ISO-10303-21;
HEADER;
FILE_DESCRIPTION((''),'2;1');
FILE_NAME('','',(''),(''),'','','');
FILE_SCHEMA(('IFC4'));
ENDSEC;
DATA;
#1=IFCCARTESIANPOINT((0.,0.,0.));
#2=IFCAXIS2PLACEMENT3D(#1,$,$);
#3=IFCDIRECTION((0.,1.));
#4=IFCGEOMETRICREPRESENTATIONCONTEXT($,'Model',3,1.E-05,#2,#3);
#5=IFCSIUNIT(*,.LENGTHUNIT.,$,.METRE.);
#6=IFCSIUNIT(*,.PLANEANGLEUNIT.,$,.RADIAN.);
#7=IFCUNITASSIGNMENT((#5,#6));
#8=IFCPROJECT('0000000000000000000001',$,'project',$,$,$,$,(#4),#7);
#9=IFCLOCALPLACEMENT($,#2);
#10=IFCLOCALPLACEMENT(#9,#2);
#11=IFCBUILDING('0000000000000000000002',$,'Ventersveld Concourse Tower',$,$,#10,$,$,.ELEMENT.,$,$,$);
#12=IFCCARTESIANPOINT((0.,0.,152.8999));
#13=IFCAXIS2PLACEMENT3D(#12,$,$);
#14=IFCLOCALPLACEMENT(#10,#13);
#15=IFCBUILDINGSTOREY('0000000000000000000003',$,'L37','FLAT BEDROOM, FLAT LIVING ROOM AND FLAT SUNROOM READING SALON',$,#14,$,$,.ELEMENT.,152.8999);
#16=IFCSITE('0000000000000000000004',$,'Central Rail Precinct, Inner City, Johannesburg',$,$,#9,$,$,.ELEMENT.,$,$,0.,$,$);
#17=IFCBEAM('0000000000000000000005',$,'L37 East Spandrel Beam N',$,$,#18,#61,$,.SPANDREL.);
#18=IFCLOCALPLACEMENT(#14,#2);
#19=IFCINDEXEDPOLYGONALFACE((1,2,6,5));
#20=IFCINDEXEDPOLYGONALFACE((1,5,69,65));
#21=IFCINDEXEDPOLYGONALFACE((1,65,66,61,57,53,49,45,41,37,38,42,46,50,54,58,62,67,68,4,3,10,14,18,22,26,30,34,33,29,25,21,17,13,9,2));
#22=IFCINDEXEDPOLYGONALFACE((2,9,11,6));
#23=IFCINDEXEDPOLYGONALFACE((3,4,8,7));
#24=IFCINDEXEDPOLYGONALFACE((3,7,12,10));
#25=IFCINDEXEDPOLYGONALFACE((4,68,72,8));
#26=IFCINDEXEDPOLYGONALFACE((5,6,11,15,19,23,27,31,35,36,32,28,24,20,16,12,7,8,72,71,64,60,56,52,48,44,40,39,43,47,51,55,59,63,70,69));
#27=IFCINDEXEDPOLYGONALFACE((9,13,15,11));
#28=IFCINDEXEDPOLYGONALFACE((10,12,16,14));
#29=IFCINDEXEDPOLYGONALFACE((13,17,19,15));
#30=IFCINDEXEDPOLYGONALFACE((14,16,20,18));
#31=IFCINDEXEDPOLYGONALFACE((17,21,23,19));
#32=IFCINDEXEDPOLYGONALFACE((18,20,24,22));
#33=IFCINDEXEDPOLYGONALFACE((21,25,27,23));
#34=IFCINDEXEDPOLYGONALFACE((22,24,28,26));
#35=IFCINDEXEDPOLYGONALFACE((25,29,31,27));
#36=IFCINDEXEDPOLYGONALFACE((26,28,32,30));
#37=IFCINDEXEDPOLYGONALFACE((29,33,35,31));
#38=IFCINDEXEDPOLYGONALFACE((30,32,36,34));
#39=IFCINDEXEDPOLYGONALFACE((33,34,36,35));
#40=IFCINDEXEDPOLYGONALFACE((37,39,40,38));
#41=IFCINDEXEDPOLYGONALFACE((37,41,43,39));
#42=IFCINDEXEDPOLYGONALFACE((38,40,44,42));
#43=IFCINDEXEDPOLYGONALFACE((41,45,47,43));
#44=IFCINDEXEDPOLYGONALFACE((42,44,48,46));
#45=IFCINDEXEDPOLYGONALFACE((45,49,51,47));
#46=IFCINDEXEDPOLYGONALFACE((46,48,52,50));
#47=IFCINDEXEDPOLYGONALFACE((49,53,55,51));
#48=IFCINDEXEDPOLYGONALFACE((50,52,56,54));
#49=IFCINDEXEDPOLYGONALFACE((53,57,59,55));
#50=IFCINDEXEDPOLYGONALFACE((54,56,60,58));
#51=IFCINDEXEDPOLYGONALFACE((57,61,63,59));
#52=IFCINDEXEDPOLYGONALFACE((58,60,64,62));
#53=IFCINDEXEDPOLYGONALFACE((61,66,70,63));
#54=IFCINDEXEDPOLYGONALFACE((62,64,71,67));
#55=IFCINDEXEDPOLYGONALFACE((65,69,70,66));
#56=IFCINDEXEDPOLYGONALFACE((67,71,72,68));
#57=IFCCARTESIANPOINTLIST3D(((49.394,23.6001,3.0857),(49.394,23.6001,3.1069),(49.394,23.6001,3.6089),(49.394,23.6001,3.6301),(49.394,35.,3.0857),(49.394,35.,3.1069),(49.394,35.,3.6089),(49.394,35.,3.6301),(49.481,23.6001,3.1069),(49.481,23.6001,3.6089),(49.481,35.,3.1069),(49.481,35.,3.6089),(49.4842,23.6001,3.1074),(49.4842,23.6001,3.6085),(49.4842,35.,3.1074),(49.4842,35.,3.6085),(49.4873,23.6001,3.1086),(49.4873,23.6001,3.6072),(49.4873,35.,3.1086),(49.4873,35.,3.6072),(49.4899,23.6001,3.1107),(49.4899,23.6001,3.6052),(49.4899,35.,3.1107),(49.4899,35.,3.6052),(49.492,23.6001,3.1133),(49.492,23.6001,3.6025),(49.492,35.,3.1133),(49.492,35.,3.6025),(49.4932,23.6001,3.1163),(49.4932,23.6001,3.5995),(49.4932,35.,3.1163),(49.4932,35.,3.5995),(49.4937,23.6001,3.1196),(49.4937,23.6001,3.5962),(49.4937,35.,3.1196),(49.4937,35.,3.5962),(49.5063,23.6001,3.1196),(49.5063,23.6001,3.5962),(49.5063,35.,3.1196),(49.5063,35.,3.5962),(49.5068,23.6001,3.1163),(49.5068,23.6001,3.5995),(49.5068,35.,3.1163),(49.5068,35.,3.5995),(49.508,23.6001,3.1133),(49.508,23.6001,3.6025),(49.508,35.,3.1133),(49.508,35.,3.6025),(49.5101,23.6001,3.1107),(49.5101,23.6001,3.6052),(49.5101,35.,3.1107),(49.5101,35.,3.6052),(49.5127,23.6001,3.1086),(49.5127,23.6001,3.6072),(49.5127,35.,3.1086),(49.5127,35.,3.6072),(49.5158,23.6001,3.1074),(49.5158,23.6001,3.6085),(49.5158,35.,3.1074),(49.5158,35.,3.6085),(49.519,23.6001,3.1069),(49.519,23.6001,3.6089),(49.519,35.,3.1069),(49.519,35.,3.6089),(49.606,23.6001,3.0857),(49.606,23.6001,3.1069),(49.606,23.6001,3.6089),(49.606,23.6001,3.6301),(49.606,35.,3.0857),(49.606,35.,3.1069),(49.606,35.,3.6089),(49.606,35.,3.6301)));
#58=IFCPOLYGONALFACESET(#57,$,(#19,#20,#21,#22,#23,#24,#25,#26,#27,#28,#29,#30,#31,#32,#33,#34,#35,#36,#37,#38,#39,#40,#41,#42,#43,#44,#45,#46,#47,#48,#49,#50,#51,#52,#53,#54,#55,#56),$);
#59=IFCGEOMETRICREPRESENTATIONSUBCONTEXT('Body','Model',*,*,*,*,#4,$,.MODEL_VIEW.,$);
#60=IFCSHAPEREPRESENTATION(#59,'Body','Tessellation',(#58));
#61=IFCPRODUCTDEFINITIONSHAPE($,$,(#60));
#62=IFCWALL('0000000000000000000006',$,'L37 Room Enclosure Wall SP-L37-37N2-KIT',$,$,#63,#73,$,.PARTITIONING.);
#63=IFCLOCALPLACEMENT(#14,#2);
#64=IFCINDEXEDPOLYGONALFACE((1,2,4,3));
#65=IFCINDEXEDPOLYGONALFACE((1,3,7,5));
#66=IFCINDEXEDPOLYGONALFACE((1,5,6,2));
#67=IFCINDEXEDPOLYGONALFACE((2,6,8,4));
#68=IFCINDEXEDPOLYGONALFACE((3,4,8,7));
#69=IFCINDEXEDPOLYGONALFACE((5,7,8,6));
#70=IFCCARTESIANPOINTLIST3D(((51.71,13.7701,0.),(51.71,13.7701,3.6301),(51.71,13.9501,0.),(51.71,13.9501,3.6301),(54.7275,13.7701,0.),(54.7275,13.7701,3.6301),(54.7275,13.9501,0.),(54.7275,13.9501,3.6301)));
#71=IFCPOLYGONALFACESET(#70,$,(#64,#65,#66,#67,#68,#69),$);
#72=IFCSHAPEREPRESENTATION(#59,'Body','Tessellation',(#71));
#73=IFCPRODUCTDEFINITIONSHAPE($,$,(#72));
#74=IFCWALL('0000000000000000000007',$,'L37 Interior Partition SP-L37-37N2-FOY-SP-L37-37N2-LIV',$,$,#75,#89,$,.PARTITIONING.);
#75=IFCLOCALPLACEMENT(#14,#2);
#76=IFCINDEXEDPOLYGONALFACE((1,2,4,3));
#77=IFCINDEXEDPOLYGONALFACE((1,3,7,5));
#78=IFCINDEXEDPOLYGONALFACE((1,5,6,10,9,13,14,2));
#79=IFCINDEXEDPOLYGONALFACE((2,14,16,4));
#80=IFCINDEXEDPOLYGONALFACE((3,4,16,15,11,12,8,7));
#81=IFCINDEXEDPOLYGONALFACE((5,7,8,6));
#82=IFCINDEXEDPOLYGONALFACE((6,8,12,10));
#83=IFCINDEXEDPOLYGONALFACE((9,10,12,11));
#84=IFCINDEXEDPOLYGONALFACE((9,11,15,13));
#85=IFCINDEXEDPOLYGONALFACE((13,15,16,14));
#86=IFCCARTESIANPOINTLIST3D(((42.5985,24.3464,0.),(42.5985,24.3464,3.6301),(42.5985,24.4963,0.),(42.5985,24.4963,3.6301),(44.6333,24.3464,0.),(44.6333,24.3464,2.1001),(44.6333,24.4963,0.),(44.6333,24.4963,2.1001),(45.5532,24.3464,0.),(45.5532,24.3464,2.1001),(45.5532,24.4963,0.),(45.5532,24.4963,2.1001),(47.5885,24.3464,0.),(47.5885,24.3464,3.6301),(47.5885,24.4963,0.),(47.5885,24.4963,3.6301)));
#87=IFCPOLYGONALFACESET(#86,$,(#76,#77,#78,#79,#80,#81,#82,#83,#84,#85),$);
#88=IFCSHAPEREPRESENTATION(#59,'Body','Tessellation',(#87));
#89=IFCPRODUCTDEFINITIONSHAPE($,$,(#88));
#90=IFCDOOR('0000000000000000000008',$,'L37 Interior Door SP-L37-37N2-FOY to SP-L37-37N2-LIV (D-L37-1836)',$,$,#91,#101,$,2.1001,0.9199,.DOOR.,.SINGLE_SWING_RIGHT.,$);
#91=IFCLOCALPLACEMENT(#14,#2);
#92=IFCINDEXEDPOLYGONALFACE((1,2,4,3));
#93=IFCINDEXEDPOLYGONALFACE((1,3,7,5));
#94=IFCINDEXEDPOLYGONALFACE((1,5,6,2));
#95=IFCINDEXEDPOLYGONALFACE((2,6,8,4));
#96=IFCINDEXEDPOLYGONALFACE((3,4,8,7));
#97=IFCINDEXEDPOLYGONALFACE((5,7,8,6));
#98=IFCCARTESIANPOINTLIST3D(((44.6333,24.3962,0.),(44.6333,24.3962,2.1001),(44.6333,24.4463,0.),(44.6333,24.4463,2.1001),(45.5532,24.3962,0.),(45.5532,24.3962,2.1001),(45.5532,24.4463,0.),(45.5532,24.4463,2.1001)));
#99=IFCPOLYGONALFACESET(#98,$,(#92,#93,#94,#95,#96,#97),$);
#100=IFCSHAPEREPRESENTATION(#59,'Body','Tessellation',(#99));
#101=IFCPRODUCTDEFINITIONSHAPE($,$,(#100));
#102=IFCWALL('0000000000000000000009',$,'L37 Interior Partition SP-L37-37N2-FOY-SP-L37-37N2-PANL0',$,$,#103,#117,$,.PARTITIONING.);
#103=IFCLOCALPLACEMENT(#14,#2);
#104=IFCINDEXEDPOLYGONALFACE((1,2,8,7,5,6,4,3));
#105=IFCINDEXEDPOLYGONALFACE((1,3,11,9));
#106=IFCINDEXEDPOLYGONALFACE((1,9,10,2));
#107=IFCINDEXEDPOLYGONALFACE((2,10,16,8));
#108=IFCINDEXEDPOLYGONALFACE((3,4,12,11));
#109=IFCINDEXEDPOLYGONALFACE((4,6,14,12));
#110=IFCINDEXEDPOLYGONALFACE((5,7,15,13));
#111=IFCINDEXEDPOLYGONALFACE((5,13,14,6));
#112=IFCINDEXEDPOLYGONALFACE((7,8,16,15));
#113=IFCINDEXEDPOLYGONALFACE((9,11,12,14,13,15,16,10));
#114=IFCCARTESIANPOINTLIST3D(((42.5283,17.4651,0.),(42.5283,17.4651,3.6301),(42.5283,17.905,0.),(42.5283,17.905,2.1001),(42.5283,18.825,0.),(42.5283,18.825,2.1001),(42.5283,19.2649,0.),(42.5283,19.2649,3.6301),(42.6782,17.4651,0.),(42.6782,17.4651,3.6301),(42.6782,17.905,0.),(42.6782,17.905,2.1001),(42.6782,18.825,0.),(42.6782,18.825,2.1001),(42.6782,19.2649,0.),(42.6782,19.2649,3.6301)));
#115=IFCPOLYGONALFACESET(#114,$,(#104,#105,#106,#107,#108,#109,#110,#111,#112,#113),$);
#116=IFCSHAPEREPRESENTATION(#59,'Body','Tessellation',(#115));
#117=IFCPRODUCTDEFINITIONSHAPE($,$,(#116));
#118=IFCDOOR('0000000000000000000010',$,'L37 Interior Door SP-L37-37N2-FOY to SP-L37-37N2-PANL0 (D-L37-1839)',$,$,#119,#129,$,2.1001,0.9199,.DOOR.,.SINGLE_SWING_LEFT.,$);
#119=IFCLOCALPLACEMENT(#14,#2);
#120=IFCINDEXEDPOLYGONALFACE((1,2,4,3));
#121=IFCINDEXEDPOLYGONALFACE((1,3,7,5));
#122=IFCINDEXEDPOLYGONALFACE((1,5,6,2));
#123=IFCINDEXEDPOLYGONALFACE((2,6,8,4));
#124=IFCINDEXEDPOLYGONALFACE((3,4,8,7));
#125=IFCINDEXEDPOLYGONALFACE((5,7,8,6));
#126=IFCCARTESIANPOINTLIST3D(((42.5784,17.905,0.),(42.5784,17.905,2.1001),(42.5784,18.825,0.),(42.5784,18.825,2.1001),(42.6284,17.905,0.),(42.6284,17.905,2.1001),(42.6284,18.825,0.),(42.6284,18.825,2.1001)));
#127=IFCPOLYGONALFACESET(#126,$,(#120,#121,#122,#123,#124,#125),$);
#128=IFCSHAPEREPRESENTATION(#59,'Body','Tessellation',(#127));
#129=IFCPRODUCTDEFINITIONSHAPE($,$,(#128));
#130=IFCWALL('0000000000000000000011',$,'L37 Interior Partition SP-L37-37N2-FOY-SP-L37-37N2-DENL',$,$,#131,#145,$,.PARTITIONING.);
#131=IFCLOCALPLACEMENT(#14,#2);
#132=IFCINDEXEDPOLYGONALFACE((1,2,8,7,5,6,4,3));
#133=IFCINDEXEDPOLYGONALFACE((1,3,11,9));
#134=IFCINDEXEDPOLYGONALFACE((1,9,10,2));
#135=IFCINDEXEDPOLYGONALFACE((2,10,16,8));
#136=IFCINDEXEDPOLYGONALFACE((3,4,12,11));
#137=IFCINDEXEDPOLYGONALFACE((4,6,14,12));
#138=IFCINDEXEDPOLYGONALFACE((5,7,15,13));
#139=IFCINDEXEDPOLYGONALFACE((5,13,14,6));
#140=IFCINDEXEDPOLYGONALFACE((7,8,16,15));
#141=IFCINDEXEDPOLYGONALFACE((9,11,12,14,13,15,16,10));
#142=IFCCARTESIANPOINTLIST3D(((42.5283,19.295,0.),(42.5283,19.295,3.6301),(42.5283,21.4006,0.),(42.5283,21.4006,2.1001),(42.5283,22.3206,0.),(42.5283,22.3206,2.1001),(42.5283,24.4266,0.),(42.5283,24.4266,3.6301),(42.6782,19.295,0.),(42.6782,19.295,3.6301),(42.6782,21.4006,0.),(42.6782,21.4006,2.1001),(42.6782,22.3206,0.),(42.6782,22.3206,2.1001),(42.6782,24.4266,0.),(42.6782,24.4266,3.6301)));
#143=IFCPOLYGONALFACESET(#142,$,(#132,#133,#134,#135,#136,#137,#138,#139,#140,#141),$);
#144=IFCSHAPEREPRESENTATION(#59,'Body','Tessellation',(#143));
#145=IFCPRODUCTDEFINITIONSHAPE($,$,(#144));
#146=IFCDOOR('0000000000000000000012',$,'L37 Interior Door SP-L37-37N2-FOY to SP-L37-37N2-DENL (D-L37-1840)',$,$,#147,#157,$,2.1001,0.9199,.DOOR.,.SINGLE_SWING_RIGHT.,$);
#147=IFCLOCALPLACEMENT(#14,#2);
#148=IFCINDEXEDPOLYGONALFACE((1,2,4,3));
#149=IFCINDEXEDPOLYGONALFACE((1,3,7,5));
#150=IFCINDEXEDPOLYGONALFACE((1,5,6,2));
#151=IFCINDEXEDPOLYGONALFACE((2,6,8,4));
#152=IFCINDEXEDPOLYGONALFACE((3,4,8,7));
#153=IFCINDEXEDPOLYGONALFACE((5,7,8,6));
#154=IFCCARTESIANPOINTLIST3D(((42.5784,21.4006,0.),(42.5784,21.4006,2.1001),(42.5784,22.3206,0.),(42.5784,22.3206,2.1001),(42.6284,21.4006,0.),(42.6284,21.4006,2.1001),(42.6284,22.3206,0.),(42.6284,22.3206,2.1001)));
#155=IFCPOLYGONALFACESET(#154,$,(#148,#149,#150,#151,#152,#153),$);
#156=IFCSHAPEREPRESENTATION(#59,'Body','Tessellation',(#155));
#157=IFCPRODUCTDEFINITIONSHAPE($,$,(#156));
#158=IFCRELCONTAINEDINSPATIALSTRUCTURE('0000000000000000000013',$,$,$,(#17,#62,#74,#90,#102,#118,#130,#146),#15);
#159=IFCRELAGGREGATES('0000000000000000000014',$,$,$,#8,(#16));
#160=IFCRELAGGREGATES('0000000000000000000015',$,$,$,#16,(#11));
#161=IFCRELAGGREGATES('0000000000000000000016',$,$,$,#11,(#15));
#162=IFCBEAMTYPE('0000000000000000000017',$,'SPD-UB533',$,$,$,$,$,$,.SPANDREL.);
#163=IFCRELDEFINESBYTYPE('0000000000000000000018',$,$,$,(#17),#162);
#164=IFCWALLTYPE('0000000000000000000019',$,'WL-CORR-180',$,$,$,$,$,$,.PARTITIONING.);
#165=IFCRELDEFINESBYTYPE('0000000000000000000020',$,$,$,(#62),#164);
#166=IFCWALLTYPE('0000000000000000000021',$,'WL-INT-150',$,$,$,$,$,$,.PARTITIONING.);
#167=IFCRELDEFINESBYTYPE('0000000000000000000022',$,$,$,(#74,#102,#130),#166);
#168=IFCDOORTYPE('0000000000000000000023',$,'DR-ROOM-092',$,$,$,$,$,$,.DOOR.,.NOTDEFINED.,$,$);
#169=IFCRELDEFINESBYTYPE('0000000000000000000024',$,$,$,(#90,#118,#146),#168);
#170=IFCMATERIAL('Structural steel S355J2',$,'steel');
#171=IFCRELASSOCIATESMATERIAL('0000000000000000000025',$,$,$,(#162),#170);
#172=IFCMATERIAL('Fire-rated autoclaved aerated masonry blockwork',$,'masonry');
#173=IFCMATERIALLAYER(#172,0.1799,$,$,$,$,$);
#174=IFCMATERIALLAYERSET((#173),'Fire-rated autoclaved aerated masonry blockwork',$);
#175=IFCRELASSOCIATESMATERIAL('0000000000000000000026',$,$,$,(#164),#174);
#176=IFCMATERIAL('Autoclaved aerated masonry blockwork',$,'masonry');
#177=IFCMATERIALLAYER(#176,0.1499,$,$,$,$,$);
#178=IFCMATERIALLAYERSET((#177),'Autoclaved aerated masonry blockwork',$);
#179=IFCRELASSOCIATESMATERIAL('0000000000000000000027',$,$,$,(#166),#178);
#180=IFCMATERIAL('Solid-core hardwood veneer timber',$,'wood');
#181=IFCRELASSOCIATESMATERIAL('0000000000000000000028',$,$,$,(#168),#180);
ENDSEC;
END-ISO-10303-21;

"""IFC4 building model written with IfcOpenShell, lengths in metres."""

from ifc_helpers import new_model, si_unit, direction, frame, frame_2d, origin, origin_2d, place, context, subcontext, project, spatial, rectangle, i_section, extrude, material, layer, layer_set, material_profile, profile_set, type_object, element, fill, save


model = new_model("IFC4")

# Units and contexts
model_context = context("Model", 3, precision=1e-05, world=origin(), true_north=direction((0.0, 1.0)))
body_context = subcontext(model_context, "Body", "Model", "MODEL_VIEW")
ifc_project = project(units=[si_unit("LENGTHUNIT", "METRE"), si_unit("PLANEANGLEUNIT", "RADIAN")], contexts=[model_context])

# Site, building, storey
site_placement = place(None, origin())
site = spatial("IfcSite", under=ifc_project, at=site_placement, Name="Central Rail Precinct, Inner City, Johannesburg", CompositionType="ELEMENT", RefElevation=0.0)
building_placement = place(site_placement, origin())
building = spatial("IfcBuilding", under=site, at=building_placement, Name="Ventersveld Concourse Tower", CompositionType="ELEMENT")
storey_placement = place(building_placement, frame((0.0, 0.0, 152.8999)))
storey = spatial("IfcBuildingStorey", under=building, at=storey_placement, Name="L37", Description="FLAT BEDROOM, FLAT LIVING ROOM AND FLAT SUNROOM READING SALON", CompositionType="ELEMENT", Elevation=152.8999)

# Beam
ifc_material_1 = material(Name="Structural steel S355J2", Category="steel")
ifc_material_profile_1 = material_profile(ifc_material_1, i_section(OverallWidth=0.2119, OverallDepth=0.5444, WebThickness=0.0127, FlangeThickness=0.0212, FilletRadius=0.0127, at=origin_2d()), Name="UB 533x210x122")
ifc_profile_set_1 = profile_set([ifc_material_profile_1], Name="Structural steel S355J2")
beam_type_1 = type_object("IfcBeamType", Name="SPD-UB533", PredefinedType="SPANDREL", material=ifc_profile_set_1)
beam_1_placement = place(storey_placement, frame((49.5, 23.6001, 3.3579), z_axis=(0.0, 1.0, 0.0), x_axis=(-1.0, 0.0, 0.0)))
element("IfcBeam", 1, at=beam_1_placement, inside=storey, type_object=beam_type_1, Name="L37 East Spandrel Beam N", PredefinedType="SPANDREL", context=body_context, shape_type="SweptSolid", body=[
    extrude(i_section(OverallWidth=0.2119, OverallDepth=0.5444, WebThickness=0.0127, FlangeThickness=0.0212, FilletRadius=0.0127, at=origin_2d()), origin(), (0.0, 0.0, 1.0), 11.3999),
])

# Wall
ifc_material_2 = material(Name="Fire-rated autoclaved aerated masonry blockwork", Category="masonry")
ifc_layer_1 = layer(ifc_material_2, 0.1799)
ifc_layer_set_1 = layer_set([ifc_layer_1], Name="Fire-rated autoclaved aerated masonry blockwork")
wall_type_1 = type_object("IfcWallType", Name="WL-CORR-180", PredefinedType="PARTITIONING", material=ifc_layer_set_1)
wall_1_placement = place(storey_placement, frame((54.7275, 13.8601, 0.0), z_axis=(0.0, 0.0, 1.0), x_axis=(-1.0, 0.0, 0.0)))
element("IfcWall", 2, at=wall_1_placement, inside=storey, type_object=wall_type_1, Name="L37 Room Enclosure Wall SP-L37-37N2-KIT", PredefinedType="PARTITIONING", context=body_context, shape_type="SweptSolid", body=[
    extrude(rectangle(XDim=3.0176, YDim=0.1799, at=frame_2d((1.5088, 0.0))), origin(), (0.0, 0.0, 1.0), 3.6301),
])

# Walls, openings, doors
ifc_material_3 = material(Name="Autoclaved aerated masonry blockwork", Category="masonry")
ifc_layer_2 = layer(ifc_material_3, 0.1499)
ifc_layer_set_2 = layer_set([ifc_layer_2], Name="Autoclaved aerated masonry blockwork")
wall_type_2 = type_object("IfcWallType", Name="WL-INT-150", PredefinedType="PARTITIONING", material=ifc_layer_set_2)
wall_2_placement = place(storey_placement, frame((42.5984, 24.4214, 0.0), z_axis=(0.0, 0.0, 1.0), x_axis=(1.0, 0.0, 0.0)))
wall_2 = element("IfcWall", 3, at=wall_2_placement, inside=storey, type_object=wall_type_2, Name="L37 Interior Partition SP-L37-37N2-FOY-SP-L37-37N2-LIV", PredefinedType="PARTITIONING", context=body_context, shape_type="SweptSolid", body=[
    extrude(rectangle(XDim=4.99, YDim=0.1499, at=frame_2d((2.4951, 0.0))), origin(), (0.0, 0.0, 1.0), 3.6301),
])
opening_1_placement = place(wall_2_placement, frame((2.0349, 0.0, 0.0)))
opening_1 = element("IfcOpeningElement", 4, at=opening_1_placement, cuts=wall_2, PredefinedType="OPENING", context=body_context, shape_type="SweptSolid", body=[
    extrude(rectangle(XDim=0.9199, YDim=2.1001, at=frame_2d((0.46, 1.05))), frame((0.0, 0.085, 0.0), z_axis=(0.0, -1.0, 0.0), x_axis=(1.0, 0.0, 0.0)), (0.0, 0.0, 1.0), 0.1699),
])
ifc_material_4 = material(Name="Solid-core hardwood veneer timber", Category="wood")
door_type_1 = type_object("IfcDoorType", Name="DR-ROOM-092", OperationType="NOTDEFINED", PredefinedType="DOOR", material=ifc_material_4)
door_1_placement = place(opening_1_placement, origin())
door_1 = element("IfcDoor", 5, at=door_1_placement, inside=storey, type_object=door_type_1, Name="L37 Interior Door SP-L37-37N2-FOY to SP-L37-37N2-LIV (D-L37-1836)", OperationType="SINGLE_SWING_RIGHT", OverallHeight=2.1001, OverallWidth=0.9199, PredefinedType="DOOR", context=body_context, shape_type="SweptSolid", body=[
    extrude(rectangle(XDim=0.9199, YDim=2.1001, at=frame_2d((0.46, 1.05))), frame((0.0, 0.0249, 0.0), z_axis=(0.0, -1.0, 0.0), x_axis=(1.0, 0.0, 0.0)), (0.0, 0.0, 1.0), 0.05),
])
fill(opening_1, door_1)
wall_3_placement = place(storey_placement, frame((42.6033, 17.4651, 0.0), z_axis=(0.0, 0.0, 1.0), x_axis=(0.0, 1.0, 0.0)))
wall_3 = element("IfcWall", 6, at=wall_3_placement, inside=storey, type_object=wall_type_2, Name="L37 Interior Partition SP-L37-37N2-FOY-SP-L37-37N2-PANL0", PredefinedType="PARTITIONING", context=body_context, shape_type="SweptSolid", body=[
    extrude(rectangle(XDim=1.7998, YDim=0.1499, at=frame_2d((0.8999, 0.0))), origin(), (0.0, 0.0, 1.0), 3.6301),
])
opening_2_placement = place(wall_3_placement, frame((0.4399, 0.0, 0.0)))
opening_2 = element("IfcOpeningElement", 7, at=opening_2_placement, cuts=wall_3, PredefinedType="OPENING", context=body_context, shape_type="SweptSolid", body=[
    extrude(rectangle(XDim=0.9199, YDim=2.1001, at=frame_2d((0.46, 1.05))), frame((0.0, 0.085, 0.0), z_axis=(0.0, -1.0, 0.0), x_axis=(1.0, 0.0, 0.0)), (0.0, 0.0, 1.0), 0.1699),
])
door_2_placement = place(opening_2_placement, origin())
door_2 = element("IfcDoor", 8, at=door_2_placement, inside=storey, type_object=door_type_1, Name="L37 Interior Door SP-L37-37N2-FOY to SP-L37-37N2-PANL0 (D-L37-1839)", OperationType="SINGLE_SWING_LEFT", OverallHeight=2.1001, OverallWidth=0.9199, PredefinedType="DOOR", context=body_context, shape_type="SweptSolid", body=[
    extrude(rectangle(XDim=0.9199, YDim=2.1001, at=frame_2d((0.46, 1.05))), frame((0.0, 0.0249, 0.0), z_axis=(0.0, -1.0, 0.0), x_axis=(1.0, 0.0, 0.0)), (0.0, 0.0, 1.0), 0.05),
])
fill(opening_2, door_2)
wall_4_placement = place(storey_placement, frame((42.6033, 19.2949, 0.0), z_axis=(0.0, 0.0, 1.0), x_axis=(0.0, 1.0, 0.0)))
wall_4 = element("IfcWall", 9, at=wall_4_placement, inside=storey, type_object=wall_type_2, Name="L37 Interior Partition SP-L37-37N2-FOY-SP-L37-37N2-DENL", PredefinedType="PARTITIONING", context=body_context, shape_type="SweptSolid", body=[
    extrude(rectangle(XDim=5.1316, YDim=0.1499, at=frame_2d((2.5659, 0.0))), origin(), (0.0, 0.0, 1.0), 3.6301),
])
opening_3_placement = place(wall_4_placement, frame((2.1057, 0.0, 0.0)))
opening_3 = element("IfcOpeningElement", 10, at=opening_3_placement, cuts=wall_4, PredefinedType="OPENING", context=body_context, shape_type="SweptSolid", body=[
    extrude(rectangle(XDim=0.9199, YDim=2.1001, at=frame_2d((0.46, 1.05))), frame((0.0, 0.085, 0.0), z_axis=(0.0, -1.0, 0.0), x_axis=(1.0, 0.0, 0.0)), (0.0, 0.0, 1.0), 0.1699),
])
door_3_placement = place(opening_3_placement, origin())
door_3 = element("IfcDoor", 11, at=door_3_placement, inside=storey, type_object=door_type_1, Name="L37 Interior Door SP-L37-37N2-FOY to SP-L37-37N2-DENL (D-L37-1840)", OperationType="SINGLE_SWING_RIGHT", OverallHeight=2.1001, OverallWidth=0.9199, PredefinedType="DOOR", context=body_context, shape_type="SweptSolid", body=[
    extrude(rectangle(XDim=0.9199, YDim=2.1001, at=frame_2d((0.46, 1.05))), frame((0.0, 0.0249, 0.0), z_axis=(0.0, -1.0, 0.0), x_axis=(1.0, 0.0, 0.0)), (0.0, 0.0, 1.0), 0.05),
])
fill(opening_3, door_3)

save(model, "model.ifc")
